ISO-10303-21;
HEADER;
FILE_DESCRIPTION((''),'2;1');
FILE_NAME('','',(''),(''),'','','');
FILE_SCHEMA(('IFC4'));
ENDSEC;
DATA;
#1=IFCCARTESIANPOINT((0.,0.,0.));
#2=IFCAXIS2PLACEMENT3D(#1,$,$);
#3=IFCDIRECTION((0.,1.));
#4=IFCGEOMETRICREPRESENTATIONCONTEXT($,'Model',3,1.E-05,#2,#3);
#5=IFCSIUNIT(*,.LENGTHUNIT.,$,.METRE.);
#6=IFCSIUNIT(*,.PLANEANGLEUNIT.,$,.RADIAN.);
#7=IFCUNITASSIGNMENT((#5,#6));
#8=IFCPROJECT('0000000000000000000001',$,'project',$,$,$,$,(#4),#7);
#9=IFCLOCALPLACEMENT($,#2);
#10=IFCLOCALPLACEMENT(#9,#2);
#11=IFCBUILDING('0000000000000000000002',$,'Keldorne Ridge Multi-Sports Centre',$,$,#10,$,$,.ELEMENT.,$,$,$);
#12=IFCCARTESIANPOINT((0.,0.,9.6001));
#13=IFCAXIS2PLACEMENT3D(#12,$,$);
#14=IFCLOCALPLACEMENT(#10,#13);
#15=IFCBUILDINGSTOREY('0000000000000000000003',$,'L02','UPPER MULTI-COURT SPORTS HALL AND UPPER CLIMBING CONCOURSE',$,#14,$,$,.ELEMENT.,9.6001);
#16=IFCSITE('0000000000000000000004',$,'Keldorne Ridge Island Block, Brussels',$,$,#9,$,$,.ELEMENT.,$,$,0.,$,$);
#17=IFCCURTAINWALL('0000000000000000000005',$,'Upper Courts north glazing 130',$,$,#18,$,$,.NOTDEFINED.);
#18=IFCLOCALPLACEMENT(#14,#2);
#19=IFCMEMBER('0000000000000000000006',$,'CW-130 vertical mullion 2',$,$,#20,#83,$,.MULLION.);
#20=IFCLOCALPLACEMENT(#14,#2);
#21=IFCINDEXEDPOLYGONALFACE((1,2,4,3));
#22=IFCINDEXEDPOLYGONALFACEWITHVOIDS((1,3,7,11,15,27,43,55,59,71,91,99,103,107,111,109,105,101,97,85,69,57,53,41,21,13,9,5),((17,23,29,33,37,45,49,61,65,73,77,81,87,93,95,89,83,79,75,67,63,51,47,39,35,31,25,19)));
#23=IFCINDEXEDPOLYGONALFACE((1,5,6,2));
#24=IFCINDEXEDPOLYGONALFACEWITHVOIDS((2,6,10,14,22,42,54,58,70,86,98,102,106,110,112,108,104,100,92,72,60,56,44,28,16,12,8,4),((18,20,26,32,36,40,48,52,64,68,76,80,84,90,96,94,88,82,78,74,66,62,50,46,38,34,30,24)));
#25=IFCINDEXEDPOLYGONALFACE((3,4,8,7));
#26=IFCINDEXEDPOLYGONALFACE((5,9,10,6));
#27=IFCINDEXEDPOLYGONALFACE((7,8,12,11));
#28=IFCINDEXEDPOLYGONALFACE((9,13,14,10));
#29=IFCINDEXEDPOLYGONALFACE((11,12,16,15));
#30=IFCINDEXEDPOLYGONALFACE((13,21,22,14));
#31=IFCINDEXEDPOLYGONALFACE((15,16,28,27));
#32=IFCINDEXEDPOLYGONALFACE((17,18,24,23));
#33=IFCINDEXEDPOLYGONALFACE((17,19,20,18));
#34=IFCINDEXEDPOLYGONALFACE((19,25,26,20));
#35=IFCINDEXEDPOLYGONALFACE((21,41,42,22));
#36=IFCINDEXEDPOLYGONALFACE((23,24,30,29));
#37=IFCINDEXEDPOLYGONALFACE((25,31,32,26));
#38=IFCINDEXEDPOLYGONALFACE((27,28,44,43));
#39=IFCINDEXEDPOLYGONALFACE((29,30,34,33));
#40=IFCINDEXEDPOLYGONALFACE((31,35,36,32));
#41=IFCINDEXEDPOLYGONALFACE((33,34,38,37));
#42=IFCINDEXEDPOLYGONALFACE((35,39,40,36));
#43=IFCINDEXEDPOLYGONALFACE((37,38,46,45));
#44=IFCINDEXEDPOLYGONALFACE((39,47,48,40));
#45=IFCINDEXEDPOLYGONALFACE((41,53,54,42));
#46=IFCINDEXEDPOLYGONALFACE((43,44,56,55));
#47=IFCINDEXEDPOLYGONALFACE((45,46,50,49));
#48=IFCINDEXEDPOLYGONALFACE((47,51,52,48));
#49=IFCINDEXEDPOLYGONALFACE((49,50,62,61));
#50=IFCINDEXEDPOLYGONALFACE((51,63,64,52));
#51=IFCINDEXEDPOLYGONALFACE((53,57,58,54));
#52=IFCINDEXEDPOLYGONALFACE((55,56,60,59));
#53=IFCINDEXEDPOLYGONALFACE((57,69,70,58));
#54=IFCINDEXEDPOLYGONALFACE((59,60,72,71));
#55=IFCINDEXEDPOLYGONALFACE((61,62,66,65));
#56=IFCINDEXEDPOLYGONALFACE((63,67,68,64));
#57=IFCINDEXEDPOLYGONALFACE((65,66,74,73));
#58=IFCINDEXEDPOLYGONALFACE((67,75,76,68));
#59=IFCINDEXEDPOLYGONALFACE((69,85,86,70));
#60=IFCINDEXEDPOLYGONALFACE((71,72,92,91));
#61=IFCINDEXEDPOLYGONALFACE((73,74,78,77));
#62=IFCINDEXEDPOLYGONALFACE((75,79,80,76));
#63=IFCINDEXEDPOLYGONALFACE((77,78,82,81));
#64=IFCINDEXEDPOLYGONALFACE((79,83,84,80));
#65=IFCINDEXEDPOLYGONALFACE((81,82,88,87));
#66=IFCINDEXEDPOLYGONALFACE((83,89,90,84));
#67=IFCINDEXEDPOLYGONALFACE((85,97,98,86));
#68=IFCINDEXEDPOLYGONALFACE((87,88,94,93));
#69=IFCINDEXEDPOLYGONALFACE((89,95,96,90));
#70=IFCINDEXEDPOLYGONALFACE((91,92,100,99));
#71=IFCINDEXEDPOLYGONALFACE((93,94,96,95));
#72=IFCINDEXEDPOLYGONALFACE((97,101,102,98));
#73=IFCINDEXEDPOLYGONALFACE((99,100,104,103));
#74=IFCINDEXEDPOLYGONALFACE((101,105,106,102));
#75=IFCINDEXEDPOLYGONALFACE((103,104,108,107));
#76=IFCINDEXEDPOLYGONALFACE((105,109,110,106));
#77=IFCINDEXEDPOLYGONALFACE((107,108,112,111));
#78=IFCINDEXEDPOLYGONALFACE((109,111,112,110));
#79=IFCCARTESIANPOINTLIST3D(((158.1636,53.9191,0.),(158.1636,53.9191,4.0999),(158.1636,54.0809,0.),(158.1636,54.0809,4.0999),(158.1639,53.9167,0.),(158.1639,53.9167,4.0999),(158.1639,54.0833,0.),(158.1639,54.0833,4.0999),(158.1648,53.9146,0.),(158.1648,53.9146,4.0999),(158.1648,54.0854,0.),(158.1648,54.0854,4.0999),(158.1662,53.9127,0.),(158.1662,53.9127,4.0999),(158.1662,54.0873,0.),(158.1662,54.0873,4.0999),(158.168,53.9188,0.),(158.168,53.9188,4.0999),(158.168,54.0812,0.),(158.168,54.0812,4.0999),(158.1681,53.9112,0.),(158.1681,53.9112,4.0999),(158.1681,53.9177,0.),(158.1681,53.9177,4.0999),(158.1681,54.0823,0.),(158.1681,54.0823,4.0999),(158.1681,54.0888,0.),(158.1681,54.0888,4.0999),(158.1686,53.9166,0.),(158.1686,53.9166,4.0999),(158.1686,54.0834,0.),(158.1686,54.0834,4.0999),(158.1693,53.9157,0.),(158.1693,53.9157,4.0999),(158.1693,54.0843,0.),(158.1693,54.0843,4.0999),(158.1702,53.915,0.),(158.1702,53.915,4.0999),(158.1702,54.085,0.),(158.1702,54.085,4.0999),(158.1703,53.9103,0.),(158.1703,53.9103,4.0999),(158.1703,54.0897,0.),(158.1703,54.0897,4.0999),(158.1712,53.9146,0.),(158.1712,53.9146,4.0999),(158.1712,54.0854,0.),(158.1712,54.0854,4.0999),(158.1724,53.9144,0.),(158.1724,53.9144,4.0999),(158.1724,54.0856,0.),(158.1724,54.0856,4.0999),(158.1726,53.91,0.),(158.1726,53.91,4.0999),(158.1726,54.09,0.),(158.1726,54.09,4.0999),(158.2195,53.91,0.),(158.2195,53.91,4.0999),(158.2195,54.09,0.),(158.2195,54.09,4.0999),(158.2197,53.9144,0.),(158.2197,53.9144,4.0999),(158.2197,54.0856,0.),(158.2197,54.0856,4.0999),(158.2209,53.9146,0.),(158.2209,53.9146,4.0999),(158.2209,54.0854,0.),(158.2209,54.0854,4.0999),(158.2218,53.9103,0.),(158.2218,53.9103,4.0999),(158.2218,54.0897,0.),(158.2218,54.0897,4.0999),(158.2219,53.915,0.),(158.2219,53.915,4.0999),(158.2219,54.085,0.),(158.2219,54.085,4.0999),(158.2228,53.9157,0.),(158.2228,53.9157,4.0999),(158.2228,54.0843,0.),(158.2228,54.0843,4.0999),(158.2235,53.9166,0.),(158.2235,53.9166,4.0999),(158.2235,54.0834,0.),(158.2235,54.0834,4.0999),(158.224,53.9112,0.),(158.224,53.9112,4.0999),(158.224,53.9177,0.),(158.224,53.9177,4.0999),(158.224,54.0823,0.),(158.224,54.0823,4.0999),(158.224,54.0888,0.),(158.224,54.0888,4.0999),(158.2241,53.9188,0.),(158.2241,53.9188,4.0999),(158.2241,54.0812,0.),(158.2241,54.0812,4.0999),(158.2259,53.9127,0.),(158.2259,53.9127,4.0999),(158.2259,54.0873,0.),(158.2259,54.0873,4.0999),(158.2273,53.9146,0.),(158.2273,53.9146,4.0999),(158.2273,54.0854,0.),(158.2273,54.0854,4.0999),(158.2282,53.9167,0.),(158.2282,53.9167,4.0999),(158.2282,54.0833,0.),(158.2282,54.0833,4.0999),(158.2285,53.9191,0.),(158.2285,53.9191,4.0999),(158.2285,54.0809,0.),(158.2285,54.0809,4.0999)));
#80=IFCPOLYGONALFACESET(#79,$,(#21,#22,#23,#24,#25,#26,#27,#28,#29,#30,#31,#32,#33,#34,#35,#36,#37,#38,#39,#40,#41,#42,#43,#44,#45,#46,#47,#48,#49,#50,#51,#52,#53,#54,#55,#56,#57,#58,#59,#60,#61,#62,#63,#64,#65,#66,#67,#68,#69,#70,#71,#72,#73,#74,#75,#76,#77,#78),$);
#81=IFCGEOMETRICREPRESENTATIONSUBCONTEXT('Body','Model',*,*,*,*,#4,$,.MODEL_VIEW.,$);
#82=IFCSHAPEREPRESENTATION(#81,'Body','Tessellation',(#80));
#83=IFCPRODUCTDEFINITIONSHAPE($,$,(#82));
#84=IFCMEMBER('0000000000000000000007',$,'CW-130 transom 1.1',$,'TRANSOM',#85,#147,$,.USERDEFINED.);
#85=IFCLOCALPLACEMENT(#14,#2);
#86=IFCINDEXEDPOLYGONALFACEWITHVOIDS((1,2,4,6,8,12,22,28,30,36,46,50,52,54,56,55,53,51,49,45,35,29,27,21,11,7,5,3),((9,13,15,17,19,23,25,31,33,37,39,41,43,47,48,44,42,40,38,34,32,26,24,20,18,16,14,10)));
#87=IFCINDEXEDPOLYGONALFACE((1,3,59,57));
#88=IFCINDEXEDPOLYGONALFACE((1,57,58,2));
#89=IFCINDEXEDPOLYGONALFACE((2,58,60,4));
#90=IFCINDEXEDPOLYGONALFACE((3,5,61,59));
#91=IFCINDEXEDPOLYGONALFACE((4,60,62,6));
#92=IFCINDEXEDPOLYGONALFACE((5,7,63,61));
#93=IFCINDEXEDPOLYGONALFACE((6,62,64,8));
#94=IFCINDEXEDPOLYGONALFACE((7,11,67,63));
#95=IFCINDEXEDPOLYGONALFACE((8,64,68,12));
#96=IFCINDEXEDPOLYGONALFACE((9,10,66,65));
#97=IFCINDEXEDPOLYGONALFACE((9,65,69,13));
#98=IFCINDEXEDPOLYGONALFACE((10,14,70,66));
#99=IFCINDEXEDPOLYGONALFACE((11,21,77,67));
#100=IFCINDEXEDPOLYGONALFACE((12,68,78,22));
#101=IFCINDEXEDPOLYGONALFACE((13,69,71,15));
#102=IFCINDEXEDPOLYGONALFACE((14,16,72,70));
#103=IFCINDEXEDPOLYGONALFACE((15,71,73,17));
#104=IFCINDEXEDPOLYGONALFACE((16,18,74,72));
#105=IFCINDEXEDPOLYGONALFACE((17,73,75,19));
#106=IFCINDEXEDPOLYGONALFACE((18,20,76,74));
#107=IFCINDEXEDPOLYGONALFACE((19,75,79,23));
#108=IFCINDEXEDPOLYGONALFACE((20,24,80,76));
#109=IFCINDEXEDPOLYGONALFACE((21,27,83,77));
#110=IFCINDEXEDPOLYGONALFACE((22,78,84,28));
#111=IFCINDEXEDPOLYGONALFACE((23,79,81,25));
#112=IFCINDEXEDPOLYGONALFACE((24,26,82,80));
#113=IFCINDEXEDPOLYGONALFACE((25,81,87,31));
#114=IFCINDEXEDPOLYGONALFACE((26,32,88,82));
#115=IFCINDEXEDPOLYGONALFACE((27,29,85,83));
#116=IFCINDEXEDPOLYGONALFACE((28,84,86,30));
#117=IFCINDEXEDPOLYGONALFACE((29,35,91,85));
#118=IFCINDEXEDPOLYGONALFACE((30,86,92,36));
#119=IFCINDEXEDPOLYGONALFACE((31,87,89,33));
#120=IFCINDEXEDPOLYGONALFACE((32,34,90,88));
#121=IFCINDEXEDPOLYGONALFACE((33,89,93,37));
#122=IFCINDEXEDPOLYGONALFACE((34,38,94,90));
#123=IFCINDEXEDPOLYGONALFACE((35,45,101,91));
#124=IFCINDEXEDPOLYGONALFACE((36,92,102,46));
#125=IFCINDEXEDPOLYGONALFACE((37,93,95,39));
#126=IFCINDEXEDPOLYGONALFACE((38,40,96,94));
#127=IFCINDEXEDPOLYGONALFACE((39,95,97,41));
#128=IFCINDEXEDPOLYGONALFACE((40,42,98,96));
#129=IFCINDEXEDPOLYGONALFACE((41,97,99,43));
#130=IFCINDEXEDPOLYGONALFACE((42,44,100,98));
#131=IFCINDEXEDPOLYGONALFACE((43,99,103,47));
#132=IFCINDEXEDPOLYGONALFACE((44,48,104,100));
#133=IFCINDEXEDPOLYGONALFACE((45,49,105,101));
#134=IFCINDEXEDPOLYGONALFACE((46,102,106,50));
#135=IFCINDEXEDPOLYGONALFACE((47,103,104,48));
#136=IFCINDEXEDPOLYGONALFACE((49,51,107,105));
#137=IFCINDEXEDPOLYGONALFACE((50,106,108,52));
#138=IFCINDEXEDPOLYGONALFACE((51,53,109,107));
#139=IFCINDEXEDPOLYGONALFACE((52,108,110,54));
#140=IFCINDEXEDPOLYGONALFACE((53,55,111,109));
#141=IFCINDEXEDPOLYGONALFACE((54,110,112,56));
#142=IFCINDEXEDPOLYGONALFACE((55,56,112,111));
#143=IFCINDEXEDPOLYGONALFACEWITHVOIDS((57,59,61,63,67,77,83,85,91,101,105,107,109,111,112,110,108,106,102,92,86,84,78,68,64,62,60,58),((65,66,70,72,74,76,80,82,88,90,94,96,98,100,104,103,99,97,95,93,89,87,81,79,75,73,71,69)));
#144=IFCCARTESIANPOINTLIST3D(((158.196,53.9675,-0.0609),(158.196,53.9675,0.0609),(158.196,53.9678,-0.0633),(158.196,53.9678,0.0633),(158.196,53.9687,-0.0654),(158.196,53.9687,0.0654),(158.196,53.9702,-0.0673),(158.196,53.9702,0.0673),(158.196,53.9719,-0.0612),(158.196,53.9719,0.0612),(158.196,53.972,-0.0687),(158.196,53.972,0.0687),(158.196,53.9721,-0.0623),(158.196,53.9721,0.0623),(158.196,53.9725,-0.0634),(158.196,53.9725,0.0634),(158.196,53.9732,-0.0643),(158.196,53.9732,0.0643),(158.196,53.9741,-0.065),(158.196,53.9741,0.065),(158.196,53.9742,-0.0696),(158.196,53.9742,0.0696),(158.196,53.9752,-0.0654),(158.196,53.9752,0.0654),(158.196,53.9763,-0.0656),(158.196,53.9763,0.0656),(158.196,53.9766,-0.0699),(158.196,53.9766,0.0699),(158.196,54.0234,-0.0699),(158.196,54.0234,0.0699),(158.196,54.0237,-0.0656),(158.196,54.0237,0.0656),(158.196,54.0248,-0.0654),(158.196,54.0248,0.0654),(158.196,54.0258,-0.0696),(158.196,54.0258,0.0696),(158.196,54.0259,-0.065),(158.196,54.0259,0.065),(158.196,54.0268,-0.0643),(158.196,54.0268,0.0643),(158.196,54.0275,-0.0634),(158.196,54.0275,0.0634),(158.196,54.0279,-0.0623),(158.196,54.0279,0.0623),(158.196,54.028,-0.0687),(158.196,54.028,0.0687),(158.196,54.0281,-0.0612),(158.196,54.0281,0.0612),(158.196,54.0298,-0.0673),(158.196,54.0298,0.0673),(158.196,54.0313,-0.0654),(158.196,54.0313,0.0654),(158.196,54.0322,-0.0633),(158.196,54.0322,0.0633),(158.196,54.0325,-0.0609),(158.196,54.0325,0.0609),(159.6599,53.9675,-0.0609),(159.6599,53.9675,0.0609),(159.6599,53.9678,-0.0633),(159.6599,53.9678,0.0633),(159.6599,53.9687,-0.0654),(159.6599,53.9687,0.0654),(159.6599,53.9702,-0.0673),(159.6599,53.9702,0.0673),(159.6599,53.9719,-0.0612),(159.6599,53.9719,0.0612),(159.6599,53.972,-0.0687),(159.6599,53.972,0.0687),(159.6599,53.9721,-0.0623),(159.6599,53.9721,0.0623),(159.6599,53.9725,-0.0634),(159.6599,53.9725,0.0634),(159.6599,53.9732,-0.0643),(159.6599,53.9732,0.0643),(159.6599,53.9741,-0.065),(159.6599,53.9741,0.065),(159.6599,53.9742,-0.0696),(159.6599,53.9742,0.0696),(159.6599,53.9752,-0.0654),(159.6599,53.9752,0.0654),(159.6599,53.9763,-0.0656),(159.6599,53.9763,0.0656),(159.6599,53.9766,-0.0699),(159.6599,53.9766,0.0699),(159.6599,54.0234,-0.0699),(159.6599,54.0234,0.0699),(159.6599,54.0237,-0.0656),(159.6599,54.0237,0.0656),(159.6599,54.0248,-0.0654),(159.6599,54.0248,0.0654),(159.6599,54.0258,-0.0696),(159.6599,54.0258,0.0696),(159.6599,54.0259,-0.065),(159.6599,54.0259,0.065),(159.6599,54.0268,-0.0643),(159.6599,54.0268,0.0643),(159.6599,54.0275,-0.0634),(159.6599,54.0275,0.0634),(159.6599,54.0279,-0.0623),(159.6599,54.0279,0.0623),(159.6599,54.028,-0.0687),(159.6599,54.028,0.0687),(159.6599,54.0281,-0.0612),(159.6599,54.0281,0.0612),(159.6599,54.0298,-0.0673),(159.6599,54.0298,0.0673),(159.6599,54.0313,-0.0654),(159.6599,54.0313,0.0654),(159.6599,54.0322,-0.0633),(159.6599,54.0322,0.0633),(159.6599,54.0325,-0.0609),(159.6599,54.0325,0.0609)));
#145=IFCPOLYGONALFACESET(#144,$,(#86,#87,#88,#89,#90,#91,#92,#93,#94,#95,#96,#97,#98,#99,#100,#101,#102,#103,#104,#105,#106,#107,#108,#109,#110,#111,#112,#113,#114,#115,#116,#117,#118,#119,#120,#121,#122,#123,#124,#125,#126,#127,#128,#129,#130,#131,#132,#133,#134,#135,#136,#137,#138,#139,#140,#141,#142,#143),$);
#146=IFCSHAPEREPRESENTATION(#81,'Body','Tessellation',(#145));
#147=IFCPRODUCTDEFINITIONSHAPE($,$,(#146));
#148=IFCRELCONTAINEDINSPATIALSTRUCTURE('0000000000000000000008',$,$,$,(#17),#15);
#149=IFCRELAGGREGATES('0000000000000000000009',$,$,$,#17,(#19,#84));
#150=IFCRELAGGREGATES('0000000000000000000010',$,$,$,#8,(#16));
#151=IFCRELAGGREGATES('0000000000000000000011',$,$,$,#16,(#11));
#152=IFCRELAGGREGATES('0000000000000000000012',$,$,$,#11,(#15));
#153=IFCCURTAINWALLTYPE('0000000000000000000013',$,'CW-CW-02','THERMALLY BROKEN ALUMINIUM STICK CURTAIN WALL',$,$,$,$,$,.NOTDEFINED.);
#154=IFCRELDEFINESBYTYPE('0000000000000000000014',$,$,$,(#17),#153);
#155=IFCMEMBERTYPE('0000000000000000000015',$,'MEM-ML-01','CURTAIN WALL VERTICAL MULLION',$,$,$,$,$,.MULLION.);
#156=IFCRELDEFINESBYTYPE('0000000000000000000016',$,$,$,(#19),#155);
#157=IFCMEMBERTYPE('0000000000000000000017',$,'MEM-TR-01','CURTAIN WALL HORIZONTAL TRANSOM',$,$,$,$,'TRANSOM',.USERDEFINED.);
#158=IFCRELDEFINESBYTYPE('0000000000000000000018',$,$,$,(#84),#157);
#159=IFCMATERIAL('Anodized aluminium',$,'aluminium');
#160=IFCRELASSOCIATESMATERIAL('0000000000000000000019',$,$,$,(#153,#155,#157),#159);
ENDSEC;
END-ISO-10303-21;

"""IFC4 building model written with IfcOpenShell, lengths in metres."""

from ifc_helpers import new_model, si_unit, direction, frame, origin, origin_2d, place, context, subcontext, project, spatial, hollow_rectangle, extrude, material, material_profile, profile_set, type_object, element, aggregate, save


model = new_model("IFC4")

# Units and contexts
model_context = context("Model", 3, precision=1e-05, world=origin(), true_north=direction((0.0, 1.0)))
body_context = subcontext(model_context, "Body", "Model", "MODEL_VIEW")
ifc_project = project(units=[si_unit("LENGTHUNIT", "METRE"), si_unit("PLANEANGLEUNIT", "RADIAN")], contexts=[model_context])

# Site, building, storey
site_placement = place(None, origin())
site = spatial("IfcSite", under=ifc_project, at=site_placement, Name="Keldorne Ridge Island Block, Brussels", CompositionType="ELEMENT", RefElevation=0.0)
building_placement = place(site_placement, origin())
building = spatial("IfcBuilding", under=site, at=building_placement, Name="Keldorne Ridge Multi-Sports Centre", CompositionType="ELEMENT")
storey_placement = place(building_placement, frame((0.0, 0.0, 9.6001)))
storey = spatial("IfcBuildingStorey", under=building, at=storey_placement, Name="L02", Description="UPPER MULTI-COURT SPORTS HALL AND UPPER CLIMBING CONCOURSE", CompositionType="ELEMENT", Elevation=9.6001)

# Curtain wall, members
ifc_material_1 = material(Name="Anodized aluminium", Category="aluminium")
curtain_wall_type = type_object("IfcCurtainWallType", Name="CW-CW-02", Description="THERMALLY BROKEN ALUMINIUM STICK CURTAIN WALL", PredefinedType="NOTDEFINED", material=ifc_material_1)
curtain_wall_placement = place(storey_placement, origin())
curtain_wall = element("IfcCurtainWall", 1, at=curtain_wall_placement, inside=storey, type_object=curtain_wall_type, Name="Upper Courts north glazing 130", PredefinedType="NOTDEFINED")
ifc_material_profile_1 = material_profile(ifc_material_1, hollow_rectangle(XDim=0.0649, YDim=0.1799, WallThickness=0.0044, InnerFilletRadius=0.0044, OuterFilletRadius=0.009, at=origin_2d()), Name="ALU MULLION 180x65x4.5")
ifc_profile_set_1 = profile_set([ifc_material_profile_1], Name="Anodized aluminium")
member_type_1 = type_object("IfcMemberType", Name="MEM-ML-01", Description="CURTAIN WALL VERTICAL MULLION", PredefinedType="MULLION", material=ifc_profile_set_1)
member_1_placement = place(storey_placement, frame((158.196, 54.0, 0.0), z_axis=(0.0, 0.0, 1.0), x_axis=(1.0, 0.0, 0.0)))
member_1 = element("IfcMember", 2, at=member_1_placement, type_object=member_type_1, Name="CW-130 vertical mullion 2", PredefinedType="MULLION", context=body_context, shape_type="SweptSolid", body=[
    extrude(hollow_rectangle(XDim=0.0649, YDim=0.1799, WallThickness=0.0044, InnerFilletRadius=0.0044, OuterFilletRadius=0.009, at=origin_2d()), origin(), (0.0, 0.0, 1.0), 4.0999),
])
ifc_material_profile_2 = material_profile(ifc_material_1, hollow_rectangle(XDim=0.0649, YDim=0.1399, WallThickness=0.0044, InnerFilletRadius=0.0044, OuterFilletRadius=0.009, at=origin_2d()), Name="ALU TRANSOM 140x65x4.5")
ifc_profile_set_2 = profile_set([ifc_material_profile_2], Name="Anodized aluminium")
member_type_2 = type_object("IfcMemberType", Name="MEM-TR-01", Description="CURTAIN WALL HORIZONTAL TRANSOM", ElementType="TRANSOM", PredefinedType="USERDEFINED", material=ifc_profile_set_2)
member_2_placement = place(storey_placement, frame((159.6599, 54.0, 0.0), z_axis=(-1.0, 0.0, 0.0), x_axis=(0.0, -1.0, 0.0)))
member_2 = element("IfcMember", 3, at=member_2_placement, type_object=member_type_2, Name="CW-130 transom 1.1", ObjectType="TRANSOM", PredefinedType="USERDEFINED", context=body_context, shape_type="SweptSolid", body=[
    extrude(hollow_rectangle(XDim=0.0649, YDim=0.1399, WallThickness=0.0044, InnerFilletRadius=0.0044, OuterFilletRadius=0.009, at=origin_2d()), origin(), (0.0, 0.0, 1.0), 1.4639),
])
aggregate(curtain_wall, [member_1, member_2])

save(model, "model.ifc")
